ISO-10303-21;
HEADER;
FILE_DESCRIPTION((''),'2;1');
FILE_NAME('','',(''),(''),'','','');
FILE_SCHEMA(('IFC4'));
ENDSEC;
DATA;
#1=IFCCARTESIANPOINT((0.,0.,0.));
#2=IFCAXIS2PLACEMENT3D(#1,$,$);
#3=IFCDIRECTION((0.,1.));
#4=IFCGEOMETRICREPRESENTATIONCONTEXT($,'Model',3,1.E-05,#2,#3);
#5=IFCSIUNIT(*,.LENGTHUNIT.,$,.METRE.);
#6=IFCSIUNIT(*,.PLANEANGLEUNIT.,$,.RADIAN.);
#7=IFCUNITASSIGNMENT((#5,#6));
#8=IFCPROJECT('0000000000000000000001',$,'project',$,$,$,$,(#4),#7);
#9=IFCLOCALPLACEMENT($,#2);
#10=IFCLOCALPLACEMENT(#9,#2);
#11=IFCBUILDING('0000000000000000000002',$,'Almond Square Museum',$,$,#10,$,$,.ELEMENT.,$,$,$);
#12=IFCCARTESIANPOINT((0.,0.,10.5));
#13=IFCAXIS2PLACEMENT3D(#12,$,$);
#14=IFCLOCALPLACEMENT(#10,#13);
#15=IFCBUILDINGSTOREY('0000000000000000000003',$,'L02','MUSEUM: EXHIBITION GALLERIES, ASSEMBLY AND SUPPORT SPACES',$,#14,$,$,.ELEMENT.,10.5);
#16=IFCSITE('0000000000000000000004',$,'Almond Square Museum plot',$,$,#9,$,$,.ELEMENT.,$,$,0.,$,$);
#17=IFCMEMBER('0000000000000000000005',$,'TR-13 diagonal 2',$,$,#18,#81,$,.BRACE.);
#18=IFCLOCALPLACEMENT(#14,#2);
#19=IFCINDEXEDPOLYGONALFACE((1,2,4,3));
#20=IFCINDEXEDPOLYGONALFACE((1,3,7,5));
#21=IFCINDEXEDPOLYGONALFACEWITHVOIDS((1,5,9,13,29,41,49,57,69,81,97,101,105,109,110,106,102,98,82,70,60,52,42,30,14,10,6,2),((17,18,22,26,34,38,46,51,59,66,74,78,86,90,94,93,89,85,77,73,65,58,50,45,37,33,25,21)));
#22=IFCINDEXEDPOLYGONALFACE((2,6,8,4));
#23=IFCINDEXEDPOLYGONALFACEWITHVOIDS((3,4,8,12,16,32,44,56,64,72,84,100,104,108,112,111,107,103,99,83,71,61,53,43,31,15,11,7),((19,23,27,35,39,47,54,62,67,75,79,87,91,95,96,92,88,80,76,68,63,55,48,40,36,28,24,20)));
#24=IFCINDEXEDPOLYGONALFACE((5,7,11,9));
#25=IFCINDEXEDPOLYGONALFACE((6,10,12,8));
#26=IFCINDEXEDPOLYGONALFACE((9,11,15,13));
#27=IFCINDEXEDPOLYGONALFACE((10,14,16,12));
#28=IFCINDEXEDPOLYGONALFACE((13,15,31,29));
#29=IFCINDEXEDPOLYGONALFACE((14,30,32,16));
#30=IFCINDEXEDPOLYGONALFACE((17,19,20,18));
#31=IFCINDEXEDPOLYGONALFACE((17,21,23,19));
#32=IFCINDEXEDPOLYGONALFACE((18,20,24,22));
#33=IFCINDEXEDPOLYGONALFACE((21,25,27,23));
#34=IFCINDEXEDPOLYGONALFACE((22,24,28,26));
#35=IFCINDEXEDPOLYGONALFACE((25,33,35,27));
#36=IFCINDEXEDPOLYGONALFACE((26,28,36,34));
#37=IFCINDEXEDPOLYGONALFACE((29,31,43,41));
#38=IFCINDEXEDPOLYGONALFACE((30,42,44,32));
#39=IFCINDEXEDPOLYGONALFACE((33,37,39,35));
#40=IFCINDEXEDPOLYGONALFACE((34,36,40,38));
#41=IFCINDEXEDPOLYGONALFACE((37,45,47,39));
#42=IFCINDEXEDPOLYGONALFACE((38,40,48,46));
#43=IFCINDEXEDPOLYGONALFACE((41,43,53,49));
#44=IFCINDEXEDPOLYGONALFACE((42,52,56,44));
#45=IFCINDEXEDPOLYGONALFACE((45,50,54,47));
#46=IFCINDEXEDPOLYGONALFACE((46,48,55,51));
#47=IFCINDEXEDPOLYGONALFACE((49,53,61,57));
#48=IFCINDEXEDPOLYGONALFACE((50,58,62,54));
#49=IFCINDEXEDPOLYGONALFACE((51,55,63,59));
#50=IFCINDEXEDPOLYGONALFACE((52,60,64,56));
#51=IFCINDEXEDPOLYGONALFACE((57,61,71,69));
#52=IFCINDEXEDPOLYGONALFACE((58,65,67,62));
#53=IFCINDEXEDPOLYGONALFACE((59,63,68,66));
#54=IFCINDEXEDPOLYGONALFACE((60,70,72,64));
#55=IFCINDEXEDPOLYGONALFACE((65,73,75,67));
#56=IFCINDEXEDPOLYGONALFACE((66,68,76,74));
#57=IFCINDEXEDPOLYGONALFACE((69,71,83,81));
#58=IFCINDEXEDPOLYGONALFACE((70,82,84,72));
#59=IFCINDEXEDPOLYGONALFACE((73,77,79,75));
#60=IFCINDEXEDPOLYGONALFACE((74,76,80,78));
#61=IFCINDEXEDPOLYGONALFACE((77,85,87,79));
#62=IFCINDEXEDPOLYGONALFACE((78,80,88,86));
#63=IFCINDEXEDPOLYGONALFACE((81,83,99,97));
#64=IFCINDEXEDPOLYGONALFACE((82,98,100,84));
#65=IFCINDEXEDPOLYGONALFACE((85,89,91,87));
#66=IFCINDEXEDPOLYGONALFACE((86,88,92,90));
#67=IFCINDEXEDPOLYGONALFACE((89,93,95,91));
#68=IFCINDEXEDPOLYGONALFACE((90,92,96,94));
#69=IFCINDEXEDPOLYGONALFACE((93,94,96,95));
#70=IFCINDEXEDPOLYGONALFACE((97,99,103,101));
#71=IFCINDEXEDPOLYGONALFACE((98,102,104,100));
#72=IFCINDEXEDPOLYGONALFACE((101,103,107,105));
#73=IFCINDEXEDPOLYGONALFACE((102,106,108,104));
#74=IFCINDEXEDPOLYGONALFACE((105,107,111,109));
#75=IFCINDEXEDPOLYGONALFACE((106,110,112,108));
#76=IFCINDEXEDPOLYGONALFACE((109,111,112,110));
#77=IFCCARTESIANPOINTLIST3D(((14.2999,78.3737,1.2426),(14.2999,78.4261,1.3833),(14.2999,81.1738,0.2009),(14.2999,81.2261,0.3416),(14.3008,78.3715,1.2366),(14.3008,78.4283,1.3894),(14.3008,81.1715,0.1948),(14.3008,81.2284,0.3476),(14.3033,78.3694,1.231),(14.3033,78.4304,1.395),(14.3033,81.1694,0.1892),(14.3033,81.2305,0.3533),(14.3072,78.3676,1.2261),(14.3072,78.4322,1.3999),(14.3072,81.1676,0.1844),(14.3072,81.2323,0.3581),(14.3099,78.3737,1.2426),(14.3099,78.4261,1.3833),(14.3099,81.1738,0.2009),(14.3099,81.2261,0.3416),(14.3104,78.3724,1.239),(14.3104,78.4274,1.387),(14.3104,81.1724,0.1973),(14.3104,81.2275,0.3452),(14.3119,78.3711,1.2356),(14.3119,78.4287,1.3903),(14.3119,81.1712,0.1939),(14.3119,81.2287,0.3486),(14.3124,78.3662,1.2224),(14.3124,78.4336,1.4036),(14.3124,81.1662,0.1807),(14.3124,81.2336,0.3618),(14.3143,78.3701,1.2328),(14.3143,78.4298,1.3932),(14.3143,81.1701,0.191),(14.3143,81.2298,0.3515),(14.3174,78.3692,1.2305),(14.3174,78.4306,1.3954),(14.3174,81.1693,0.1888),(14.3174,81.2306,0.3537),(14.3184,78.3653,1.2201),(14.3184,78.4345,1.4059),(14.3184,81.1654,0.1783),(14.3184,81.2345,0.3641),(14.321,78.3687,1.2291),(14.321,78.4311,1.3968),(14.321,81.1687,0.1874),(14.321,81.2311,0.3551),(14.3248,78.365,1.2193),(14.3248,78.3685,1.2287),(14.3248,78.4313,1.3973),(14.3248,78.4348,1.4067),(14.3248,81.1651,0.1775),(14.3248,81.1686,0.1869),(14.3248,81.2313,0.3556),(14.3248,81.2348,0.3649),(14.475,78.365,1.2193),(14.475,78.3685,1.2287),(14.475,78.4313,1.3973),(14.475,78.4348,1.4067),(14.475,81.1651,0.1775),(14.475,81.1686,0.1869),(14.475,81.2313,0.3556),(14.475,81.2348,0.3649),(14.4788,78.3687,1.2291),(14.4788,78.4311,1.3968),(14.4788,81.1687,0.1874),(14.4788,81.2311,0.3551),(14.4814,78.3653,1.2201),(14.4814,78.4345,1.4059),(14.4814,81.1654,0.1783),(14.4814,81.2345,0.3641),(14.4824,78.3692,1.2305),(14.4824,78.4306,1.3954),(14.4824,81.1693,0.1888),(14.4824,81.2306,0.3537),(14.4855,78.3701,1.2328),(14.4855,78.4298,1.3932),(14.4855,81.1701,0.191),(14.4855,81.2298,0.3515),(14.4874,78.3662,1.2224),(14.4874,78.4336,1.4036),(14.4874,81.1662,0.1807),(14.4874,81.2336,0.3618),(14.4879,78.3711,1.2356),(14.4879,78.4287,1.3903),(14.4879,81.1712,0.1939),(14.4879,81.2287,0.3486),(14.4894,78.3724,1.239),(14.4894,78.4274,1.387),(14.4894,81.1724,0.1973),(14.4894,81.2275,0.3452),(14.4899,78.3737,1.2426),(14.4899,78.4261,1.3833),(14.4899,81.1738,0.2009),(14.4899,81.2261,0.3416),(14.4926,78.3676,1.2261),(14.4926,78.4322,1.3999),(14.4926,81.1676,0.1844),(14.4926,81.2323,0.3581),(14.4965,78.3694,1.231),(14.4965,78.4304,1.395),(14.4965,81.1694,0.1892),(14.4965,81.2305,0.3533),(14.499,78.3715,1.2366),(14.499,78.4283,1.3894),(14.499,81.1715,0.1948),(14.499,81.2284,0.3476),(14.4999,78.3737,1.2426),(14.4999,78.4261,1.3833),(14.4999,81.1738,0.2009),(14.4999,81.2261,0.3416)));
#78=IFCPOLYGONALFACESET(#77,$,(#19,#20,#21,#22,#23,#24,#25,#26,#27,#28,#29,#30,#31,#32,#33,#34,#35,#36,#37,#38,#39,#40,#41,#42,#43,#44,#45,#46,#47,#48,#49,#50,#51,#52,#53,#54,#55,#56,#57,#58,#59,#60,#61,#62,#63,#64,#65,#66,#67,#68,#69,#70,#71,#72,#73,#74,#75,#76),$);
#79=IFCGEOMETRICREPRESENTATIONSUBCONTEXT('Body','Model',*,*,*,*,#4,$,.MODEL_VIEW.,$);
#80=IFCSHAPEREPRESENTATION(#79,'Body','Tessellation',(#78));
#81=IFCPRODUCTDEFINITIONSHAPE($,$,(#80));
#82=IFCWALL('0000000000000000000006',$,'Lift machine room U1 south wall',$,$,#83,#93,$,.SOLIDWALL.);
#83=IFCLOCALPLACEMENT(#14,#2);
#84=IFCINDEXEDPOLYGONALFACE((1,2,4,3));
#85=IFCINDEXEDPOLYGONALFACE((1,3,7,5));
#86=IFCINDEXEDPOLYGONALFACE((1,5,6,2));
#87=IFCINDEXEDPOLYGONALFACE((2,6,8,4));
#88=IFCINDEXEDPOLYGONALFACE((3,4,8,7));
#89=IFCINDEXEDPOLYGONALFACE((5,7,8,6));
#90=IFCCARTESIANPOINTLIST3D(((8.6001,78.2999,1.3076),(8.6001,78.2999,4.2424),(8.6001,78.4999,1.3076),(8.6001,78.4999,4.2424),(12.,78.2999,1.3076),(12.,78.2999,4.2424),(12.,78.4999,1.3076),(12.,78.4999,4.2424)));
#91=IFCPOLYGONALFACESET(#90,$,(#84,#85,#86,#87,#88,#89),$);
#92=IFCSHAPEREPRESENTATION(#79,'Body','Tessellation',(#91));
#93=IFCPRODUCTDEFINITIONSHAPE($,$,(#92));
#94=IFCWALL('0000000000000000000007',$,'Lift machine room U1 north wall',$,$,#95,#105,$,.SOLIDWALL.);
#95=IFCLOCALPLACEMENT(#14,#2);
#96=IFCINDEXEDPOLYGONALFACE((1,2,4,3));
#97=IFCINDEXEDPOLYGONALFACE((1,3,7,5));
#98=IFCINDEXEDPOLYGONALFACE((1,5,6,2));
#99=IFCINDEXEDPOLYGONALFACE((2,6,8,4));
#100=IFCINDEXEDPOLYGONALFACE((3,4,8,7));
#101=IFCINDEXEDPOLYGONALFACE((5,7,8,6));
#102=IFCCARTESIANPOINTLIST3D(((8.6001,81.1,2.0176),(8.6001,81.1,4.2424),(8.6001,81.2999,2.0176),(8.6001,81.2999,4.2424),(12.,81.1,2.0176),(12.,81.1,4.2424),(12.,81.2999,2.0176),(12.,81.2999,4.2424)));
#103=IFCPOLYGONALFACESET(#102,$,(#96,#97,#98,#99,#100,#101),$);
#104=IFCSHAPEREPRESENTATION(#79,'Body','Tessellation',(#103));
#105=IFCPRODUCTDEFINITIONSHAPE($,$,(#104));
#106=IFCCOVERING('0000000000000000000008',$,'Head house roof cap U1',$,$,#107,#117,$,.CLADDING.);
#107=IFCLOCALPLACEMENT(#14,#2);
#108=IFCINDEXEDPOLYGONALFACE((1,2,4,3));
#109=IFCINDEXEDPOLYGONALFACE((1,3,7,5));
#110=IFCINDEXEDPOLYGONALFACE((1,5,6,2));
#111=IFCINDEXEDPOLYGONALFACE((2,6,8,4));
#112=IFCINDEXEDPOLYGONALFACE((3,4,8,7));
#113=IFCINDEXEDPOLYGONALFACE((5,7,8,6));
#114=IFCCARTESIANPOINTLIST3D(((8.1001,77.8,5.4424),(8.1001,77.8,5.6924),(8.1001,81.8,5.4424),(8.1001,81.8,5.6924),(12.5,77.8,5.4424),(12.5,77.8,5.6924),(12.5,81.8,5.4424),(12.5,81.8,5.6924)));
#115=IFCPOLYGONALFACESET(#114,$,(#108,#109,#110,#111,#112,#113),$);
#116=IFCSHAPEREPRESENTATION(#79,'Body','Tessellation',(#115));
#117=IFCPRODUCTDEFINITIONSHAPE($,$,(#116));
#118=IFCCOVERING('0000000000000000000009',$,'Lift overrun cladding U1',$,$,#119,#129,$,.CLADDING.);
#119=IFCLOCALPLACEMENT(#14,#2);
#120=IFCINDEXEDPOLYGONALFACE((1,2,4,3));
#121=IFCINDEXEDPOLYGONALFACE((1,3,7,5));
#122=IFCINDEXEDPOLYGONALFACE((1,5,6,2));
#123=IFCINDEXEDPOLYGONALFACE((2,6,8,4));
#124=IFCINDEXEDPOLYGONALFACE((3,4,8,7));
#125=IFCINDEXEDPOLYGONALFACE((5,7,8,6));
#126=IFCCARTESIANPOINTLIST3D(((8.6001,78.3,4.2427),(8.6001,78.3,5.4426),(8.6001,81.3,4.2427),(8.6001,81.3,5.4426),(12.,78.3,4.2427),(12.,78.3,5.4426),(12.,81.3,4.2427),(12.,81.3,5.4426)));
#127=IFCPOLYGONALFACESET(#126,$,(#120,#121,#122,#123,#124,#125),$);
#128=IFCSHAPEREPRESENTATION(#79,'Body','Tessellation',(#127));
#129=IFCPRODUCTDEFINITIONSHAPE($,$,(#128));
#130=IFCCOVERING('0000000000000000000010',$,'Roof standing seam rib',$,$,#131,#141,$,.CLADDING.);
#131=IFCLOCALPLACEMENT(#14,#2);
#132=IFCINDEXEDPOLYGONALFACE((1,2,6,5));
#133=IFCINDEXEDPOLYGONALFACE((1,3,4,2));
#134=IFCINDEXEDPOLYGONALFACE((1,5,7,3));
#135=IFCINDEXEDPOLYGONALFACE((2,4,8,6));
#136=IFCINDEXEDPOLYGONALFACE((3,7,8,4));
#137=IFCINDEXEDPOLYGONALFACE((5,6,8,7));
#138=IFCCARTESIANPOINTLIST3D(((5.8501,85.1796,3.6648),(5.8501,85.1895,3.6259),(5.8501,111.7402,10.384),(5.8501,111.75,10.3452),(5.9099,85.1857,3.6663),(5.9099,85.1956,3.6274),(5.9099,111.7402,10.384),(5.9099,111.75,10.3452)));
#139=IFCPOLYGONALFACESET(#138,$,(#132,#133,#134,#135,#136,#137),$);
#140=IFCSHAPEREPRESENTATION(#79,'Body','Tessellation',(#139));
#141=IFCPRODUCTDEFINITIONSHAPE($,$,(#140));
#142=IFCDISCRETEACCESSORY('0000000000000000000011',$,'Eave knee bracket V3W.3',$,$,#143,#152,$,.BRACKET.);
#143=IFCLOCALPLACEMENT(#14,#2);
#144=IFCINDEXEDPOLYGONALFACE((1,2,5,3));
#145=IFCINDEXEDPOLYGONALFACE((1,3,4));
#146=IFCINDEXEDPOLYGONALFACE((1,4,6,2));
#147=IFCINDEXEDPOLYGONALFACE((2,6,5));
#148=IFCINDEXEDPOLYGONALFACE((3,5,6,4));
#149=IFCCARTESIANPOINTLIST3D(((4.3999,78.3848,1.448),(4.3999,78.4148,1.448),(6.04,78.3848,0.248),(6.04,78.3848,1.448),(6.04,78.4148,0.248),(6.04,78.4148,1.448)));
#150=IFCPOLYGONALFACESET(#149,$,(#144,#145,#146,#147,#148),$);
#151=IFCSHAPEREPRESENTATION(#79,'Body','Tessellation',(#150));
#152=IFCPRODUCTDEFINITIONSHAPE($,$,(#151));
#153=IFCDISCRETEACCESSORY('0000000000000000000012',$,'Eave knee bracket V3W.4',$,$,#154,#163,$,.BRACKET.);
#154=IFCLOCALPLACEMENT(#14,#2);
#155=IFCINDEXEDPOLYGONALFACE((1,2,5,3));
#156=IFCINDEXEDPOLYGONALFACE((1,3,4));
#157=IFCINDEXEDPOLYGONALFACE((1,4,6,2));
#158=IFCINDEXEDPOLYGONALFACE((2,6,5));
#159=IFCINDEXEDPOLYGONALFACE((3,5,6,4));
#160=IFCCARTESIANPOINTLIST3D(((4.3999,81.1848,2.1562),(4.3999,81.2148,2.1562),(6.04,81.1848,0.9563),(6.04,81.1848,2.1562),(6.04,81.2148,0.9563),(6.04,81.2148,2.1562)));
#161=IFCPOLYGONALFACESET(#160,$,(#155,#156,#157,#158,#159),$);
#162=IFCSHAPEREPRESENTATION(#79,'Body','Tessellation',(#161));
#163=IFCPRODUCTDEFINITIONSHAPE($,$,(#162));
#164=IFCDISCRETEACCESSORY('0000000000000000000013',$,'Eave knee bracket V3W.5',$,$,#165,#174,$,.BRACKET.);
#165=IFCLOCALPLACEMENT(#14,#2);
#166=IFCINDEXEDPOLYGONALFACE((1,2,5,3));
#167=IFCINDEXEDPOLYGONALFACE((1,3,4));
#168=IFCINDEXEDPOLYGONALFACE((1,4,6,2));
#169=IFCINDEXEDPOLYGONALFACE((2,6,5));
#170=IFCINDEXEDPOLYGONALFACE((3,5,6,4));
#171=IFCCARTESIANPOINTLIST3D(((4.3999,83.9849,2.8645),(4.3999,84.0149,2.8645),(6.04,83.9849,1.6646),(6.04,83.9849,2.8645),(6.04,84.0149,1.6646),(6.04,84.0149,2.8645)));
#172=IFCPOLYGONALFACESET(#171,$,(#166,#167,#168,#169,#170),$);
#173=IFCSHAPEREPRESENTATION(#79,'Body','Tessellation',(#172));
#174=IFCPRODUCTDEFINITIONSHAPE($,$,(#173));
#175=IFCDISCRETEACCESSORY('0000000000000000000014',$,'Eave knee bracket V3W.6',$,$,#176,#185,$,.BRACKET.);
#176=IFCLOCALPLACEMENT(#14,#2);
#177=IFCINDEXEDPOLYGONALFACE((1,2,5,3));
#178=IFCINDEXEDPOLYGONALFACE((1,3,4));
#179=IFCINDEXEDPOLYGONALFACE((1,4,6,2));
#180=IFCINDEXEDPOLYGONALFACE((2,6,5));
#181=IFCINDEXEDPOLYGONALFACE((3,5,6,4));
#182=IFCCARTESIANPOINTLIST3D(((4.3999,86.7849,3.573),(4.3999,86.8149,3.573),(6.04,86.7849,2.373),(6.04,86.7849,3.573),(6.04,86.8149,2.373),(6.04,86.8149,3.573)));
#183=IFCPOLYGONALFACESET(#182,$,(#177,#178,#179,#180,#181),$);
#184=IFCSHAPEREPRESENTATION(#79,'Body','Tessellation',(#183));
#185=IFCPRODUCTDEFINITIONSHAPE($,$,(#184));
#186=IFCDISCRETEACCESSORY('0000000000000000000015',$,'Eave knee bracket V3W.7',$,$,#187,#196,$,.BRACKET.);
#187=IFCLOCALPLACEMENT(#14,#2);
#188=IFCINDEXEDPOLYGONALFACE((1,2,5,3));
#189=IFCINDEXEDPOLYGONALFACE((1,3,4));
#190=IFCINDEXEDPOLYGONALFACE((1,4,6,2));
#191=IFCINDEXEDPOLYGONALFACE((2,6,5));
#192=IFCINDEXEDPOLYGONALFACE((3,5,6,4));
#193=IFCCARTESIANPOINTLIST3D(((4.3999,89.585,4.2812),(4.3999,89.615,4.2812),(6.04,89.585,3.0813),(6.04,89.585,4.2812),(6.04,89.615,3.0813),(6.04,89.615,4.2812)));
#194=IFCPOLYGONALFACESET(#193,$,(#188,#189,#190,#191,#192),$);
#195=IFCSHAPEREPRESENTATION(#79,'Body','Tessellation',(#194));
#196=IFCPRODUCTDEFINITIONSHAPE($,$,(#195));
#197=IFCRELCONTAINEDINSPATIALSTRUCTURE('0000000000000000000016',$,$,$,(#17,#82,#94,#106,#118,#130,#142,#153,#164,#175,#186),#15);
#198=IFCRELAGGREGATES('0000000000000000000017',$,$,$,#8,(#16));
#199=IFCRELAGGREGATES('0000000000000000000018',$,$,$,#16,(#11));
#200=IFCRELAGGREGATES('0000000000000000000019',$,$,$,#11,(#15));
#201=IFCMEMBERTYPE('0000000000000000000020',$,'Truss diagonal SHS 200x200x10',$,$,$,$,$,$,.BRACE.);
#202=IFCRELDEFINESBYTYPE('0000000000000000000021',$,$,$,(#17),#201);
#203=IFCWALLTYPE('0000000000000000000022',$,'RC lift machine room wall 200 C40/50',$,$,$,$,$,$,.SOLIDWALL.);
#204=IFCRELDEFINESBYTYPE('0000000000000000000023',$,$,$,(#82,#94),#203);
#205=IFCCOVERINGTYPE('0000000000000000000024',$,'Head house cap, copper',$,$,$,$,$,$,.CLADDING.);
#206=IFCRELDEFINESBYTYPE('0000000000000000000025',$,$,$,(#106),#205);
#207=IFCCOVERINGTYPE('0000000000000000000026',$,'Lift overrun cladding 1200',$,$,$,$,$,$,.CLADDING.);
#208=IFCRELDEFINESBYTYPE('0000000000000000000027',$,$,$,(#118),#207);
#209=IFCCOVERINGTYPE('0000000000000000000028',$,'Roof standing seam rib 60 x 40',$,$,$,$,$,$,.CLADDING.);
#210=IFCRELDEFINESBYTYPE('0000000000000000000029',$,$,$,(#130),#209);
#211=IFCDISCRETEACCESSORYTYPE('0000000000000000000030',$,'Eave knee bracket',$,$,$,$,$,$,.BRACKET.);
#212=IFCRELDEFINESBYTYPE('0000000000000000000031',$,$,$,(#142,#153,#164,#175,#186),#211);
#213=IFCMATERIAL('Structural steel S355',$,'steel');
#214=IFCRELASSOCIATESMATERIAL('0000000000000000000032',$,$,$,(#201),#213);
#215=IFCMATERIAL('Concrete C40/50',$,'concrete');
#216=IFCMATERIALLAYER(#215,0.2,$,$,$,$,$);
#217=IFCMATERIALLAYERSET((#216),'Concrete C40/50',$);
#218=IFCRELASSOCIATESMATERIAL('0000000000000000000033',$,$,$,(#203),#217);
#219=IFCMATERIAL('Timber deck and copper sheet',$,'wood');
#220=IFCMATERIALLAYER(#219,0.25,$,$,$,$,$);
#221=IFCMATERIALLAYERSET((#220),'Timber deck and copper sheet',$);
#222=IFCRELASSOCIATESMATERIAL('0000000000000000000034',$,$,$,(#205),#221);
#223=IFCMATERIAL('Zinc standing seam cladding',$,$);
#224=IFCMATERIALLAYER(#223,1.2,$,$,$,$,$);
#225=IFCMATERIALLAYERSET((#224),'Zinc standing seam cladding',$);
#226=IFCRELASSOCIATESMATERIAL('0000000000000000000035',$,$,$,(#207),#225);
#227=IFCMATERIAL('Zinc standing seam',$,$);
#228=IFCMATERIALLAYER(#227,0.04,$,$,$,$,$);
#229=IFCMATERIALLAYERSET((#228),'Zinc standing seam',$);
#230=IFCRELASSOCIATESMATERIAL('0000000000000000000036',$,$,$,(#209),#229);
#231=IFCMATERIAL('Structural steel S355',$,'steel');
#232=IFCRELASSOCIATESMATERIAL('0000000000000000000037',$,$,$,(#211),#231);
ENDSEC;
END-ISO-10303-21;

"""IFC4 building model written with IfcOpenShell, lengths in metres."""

from ifc_helpers import new_model, si_unit, direction, frame, frame_2d, origin, origin_2d, place, context, subcontext, project, spatial, polyline, rectangle, hollow_rectangle, outline, extrude, material, layer, layer_set, material_profile, profile_set, type_object, element, save


model = new_model("IFC4")

# Units and contexts
model_context = context("Model", 3, precision=1e-05, world=origin(), true_north=direction((0.0, 1.0)))
body_context = subcontext(model_context, "Body", "Model", "MODEL_VIEW")
ifc_project = project(units=[si_unit("LENGTHUNIT", "METRE"), si_unit("PLANEANGLEUNIT", "RADIAN")], contexts=[model_context])

# Site, building, storey
site_placement = place(None, origin())
site = spatial("IfcSite", under=ifc_project, at=site_placement, Name="Almond Square Museum plot", CompositionType="ELEMENT", RefElevation=0.0)
building_placement = place(site_placement, origin())
building = spatial("IfcBuilding", under=site, at=building_placement, Name="Almond Square Museum", CompositionType="ELEMENT")
storey_placement = place(building_placement, frame((0.0, 0.0, 10.5)))
storey = spatial("IfcBuildingStorey", under=building, at=storey_placement, Name="L02", Description="MUSEUM: EXHIBITION GALLERIES, ASSEMBLY AND SUPPORT SPACES", CompositionType="ELEMENT", Elevation=10.5)

# Member
ifc_material_1 = material(Name="Structural steel S355", Category="steel")
ifc_material_profile_1 = material_profile(ifc_material_1, hollow_rectangle(XDim=0.2, YDim=0.2, WallThickness=0.01, InnerFilletRadius=0.0149, OuterFilletRadius=0.0249, at=origin_2d()))
ifc_profile_set_1 = profile_set([ifc_material_profile_1], Name="Structural steel S355")
member_type_1 = type_object("IfcMemberType", Name="Truss diagonal SHS 200x200x10", PredefinedType="BRACE", material=ifc_profile_set_1)
member_1_placement = place(storey_placement, frame((14.3999, 78.3999, 1.313), z_axis=(0.0, 0.937236, -0.348695), x_axis=(-1.0, 0.0, 0.0)))
element("IfcMember", 1, at=member_1_placement, inside=storey, type_object=member_type_1, Name="TR-13 diagonal 2", PredefinedType="BRACE", context=body_context, shape_type="SweptSolid", body=[
    extrude(hollow_rectangle(XDim=0.2, YDim=0.2, WallThickness=0.01, InnerFilletRadius=0.0149, OuterFilletRadius=0.0249, at=origin_2d()), origin(), (0.0, 0.0, 1.0), 2.9875),
])

# Walls
ifc_material_2 = material(Name="Concrete C40/50", Category="concrete")
ifc_layer_1 = layer(ifc_material_2, 0.2)
ifc_layer_set_1 = layer_set([ifc_layer_1], Name="Concrete C40/50")
wall_type = type_object("IfcWallType", Name="RC lift machine room wall 200 C40/50", PredefinedType="SOLIDWALL", material=ifc_layer_set_1)
wall_1_placement = place(storey_placement, frame((8.6001, 78.3999, 1.3076), z_axis=(0.0, 0.0, 1.0), x_axis=(1.0, 0.0, 0.0)))
element("IfcWall", 2, at=wall_1_placement, inside=storey, type_object=wall_type, Name="Lift machine room U1 south wall", PredefinedType="SOLIDWALL", context=body_context, shape_type="SweptSolid", body=[
    extrude(rectangle(XDim=3.3999, YDim=0.2, at=frame_2d((1.7, 0.0))), origin(), (0.0, 0.0, 1.0), 2.9348),
])
wall_2_placement = place(storey_placement, frame((8.6001, 81.2, 2.0176), z_axis=(0.0, 0.0, 1.0), x_axis=(1.0, 0.0, 0.0)))
element("IfcWall", 3, at=wall_2_placement, inside=storey, type_object=wall_type, Name="Lift machine room U1 north wall", PredefinedType="SOLIDWALL", context=body_context, shape_type="SweptSolid", body=[
    extrude(rectangle(XDim=3.3999, YDim=0.2, at=frame_2d((1.7, 0.0))), origin(), (0.0, 0.0, 1.0), 2.2249),
])

# Coverings
ifc_material_3 = material(Name="Timber deck and copper sheet", Category="wood")
ifc_layer_2 = layer(ifc_material_3, 0.25)
ifc_layer_set_2 = layer_set([ifc_layer_2], Name="Timber deck and copper sheet")
covering_type_1 = type_object("IfcCoveringType", Name="Head house cap, copper", PredefinedType="CLADDING", material=ifc_layer_set_2)
covering_1_placement = place(storey_placement, frame((10.3, 79.8, 5.4424), z_axis=(0.0, 0.0, 1.0), x_axis=(1.0, 0.0, 0.0)))
element("IfcCovering", 4, at=covering_1_placement, inside=storey, type_object=covering_type_1, Name="Head house roof cap U1", PredefinedType="CLADDING", context=body_context, shape_type="SweptSolid", body=[
    extrude(rectangle(XDim=4.3999, YDim=4.0, at=origin_2d()), origin(), (0.0, 0.0, 1.0), 0.25),
])
ifc_material_4 = material(Name="Zinc standing seam cladding")
ifc_layer_3 = layer(ifc_material_4, 1.2)
ifc_layer_set_3 = layer_set([ifc_layer_3], Name="Zinc standing seam cladding")
covering_type_2 = type_object("IfcCoveringType", Name="Lift overrun cladding 1200", PredefinedType="CLADDING", material=ifc_layer_set_3)
covering_2_placement = place(storey_placement, frame((10.3, 79.8, 4.2427), z_axis=(0.0, 0.0, 1.0), x_axis=(1.0, 0.0, 0.0)))
element("IfcCovering", 5, at=covering_2_placement, inside=storey, type_object=covering_type_2, Name="Lift overrun cladding U1", PredefinedType="CLADDING", context=body_context, shape_type="SweptSolid", body=[
    extrude(rectangle(XDim=3.3999, YDim=3.0, at=origin_2d()), origin(), (0.0, 0.0, 1.0), 1.2),
])
ifc_material_5 = material(Name="Zinc standing seam")
ifc_layer_4 = layer(ifc_material_5, 0.04)
ifc_layer_set_4 = layer_set([ifc_layer_4], Name="Zinc standing seam")
covering_type_3 = type_object("IfcCoveringType", Name="Roof standing seam rib 60 x 40", PredefinedType="CLADDING", material=ifc_layer_set_4)
covering_3_placement = place(storey_placement, frame((5.9099, 85.1956, 3.6274), z_axis=(0.000642, -0.245253, 0.969459), x_axis=(0.0, 0.969459, 0.245253)))
element("IfcCovering", 6, at=covering_3_placement, inside=storey, type_object=covering_type_3, Name="Roof standing seam rib", PredefinedType="CLADDING", context=body_context, shape_type="SweptSolid", body=[
    extrude(outline(polyline([(0.0, 0.0), (27.391, 0.0), (27.391, 0.0598), (-0.0063, 0.0598), (0.0, 0.0)])), origin(), (0.0, 0.0, 1.0), 0.04),
])

# Discrete accessories
ifc_material_6 = material(Name="Structural steel S355", Category="steel")
discrete_accessory_type = type_object("IfcDiscreteAccessoryType", Name="Eave knee bracket", PredefinedType="BRACKET", material=ifc_material_6)
for number, where, z_axis, x_axis, name in (
    (7, (6.04, 78.3999, 1.448), (0.0, 1.0, 0.0), (0.0, 0.0, -1.0), "Eave knee bracket V3W.3"),
    (8, (6.04, 81.2, 2.1562), (0.0, 1.0, 0.0), (0.0, 0.0, -1.0), "Eave knee bracket V3W.4"),
    (9, (6.04, 84.0, 2.8645), (0.0, 1.0, 0.0), (0.0, 0.0, -1.0), "Eave knee bracket V3W.5"),
    (10, (6.04, 86.8, 3.573), (0.0, 1.0, 0.0), (0.0, 0.0, -1.0), "Eave knee bracket V3W.6"),
    (11, (6.04, 89.6001, 4.2812), (0.0, 1.0, 0.0), (0.0, 0.0, -1.0), "Eave knee bracket V3W.7"),
):
    element("IfcDiscreteAccessory", number, at=place(storey_placement, frame(where, z_axis=z_axis, x_axis=x_axis)), inside=storey, type_object=discrete_accessory_type, Name=name, PredefinedType="BRACKET", context=body_context, shape_type="SweptSolid", body=[
        extrude(outline(polyline([(0.0, 0.0), (1.2, 0.0), (0.0, 1.6401), (0.0, 0.0)])), frame((0.0, 0.0, -0.0151)), (0.0, 0.0, 1.0), 0.03),
    ])

save(model, "model.ifc")
